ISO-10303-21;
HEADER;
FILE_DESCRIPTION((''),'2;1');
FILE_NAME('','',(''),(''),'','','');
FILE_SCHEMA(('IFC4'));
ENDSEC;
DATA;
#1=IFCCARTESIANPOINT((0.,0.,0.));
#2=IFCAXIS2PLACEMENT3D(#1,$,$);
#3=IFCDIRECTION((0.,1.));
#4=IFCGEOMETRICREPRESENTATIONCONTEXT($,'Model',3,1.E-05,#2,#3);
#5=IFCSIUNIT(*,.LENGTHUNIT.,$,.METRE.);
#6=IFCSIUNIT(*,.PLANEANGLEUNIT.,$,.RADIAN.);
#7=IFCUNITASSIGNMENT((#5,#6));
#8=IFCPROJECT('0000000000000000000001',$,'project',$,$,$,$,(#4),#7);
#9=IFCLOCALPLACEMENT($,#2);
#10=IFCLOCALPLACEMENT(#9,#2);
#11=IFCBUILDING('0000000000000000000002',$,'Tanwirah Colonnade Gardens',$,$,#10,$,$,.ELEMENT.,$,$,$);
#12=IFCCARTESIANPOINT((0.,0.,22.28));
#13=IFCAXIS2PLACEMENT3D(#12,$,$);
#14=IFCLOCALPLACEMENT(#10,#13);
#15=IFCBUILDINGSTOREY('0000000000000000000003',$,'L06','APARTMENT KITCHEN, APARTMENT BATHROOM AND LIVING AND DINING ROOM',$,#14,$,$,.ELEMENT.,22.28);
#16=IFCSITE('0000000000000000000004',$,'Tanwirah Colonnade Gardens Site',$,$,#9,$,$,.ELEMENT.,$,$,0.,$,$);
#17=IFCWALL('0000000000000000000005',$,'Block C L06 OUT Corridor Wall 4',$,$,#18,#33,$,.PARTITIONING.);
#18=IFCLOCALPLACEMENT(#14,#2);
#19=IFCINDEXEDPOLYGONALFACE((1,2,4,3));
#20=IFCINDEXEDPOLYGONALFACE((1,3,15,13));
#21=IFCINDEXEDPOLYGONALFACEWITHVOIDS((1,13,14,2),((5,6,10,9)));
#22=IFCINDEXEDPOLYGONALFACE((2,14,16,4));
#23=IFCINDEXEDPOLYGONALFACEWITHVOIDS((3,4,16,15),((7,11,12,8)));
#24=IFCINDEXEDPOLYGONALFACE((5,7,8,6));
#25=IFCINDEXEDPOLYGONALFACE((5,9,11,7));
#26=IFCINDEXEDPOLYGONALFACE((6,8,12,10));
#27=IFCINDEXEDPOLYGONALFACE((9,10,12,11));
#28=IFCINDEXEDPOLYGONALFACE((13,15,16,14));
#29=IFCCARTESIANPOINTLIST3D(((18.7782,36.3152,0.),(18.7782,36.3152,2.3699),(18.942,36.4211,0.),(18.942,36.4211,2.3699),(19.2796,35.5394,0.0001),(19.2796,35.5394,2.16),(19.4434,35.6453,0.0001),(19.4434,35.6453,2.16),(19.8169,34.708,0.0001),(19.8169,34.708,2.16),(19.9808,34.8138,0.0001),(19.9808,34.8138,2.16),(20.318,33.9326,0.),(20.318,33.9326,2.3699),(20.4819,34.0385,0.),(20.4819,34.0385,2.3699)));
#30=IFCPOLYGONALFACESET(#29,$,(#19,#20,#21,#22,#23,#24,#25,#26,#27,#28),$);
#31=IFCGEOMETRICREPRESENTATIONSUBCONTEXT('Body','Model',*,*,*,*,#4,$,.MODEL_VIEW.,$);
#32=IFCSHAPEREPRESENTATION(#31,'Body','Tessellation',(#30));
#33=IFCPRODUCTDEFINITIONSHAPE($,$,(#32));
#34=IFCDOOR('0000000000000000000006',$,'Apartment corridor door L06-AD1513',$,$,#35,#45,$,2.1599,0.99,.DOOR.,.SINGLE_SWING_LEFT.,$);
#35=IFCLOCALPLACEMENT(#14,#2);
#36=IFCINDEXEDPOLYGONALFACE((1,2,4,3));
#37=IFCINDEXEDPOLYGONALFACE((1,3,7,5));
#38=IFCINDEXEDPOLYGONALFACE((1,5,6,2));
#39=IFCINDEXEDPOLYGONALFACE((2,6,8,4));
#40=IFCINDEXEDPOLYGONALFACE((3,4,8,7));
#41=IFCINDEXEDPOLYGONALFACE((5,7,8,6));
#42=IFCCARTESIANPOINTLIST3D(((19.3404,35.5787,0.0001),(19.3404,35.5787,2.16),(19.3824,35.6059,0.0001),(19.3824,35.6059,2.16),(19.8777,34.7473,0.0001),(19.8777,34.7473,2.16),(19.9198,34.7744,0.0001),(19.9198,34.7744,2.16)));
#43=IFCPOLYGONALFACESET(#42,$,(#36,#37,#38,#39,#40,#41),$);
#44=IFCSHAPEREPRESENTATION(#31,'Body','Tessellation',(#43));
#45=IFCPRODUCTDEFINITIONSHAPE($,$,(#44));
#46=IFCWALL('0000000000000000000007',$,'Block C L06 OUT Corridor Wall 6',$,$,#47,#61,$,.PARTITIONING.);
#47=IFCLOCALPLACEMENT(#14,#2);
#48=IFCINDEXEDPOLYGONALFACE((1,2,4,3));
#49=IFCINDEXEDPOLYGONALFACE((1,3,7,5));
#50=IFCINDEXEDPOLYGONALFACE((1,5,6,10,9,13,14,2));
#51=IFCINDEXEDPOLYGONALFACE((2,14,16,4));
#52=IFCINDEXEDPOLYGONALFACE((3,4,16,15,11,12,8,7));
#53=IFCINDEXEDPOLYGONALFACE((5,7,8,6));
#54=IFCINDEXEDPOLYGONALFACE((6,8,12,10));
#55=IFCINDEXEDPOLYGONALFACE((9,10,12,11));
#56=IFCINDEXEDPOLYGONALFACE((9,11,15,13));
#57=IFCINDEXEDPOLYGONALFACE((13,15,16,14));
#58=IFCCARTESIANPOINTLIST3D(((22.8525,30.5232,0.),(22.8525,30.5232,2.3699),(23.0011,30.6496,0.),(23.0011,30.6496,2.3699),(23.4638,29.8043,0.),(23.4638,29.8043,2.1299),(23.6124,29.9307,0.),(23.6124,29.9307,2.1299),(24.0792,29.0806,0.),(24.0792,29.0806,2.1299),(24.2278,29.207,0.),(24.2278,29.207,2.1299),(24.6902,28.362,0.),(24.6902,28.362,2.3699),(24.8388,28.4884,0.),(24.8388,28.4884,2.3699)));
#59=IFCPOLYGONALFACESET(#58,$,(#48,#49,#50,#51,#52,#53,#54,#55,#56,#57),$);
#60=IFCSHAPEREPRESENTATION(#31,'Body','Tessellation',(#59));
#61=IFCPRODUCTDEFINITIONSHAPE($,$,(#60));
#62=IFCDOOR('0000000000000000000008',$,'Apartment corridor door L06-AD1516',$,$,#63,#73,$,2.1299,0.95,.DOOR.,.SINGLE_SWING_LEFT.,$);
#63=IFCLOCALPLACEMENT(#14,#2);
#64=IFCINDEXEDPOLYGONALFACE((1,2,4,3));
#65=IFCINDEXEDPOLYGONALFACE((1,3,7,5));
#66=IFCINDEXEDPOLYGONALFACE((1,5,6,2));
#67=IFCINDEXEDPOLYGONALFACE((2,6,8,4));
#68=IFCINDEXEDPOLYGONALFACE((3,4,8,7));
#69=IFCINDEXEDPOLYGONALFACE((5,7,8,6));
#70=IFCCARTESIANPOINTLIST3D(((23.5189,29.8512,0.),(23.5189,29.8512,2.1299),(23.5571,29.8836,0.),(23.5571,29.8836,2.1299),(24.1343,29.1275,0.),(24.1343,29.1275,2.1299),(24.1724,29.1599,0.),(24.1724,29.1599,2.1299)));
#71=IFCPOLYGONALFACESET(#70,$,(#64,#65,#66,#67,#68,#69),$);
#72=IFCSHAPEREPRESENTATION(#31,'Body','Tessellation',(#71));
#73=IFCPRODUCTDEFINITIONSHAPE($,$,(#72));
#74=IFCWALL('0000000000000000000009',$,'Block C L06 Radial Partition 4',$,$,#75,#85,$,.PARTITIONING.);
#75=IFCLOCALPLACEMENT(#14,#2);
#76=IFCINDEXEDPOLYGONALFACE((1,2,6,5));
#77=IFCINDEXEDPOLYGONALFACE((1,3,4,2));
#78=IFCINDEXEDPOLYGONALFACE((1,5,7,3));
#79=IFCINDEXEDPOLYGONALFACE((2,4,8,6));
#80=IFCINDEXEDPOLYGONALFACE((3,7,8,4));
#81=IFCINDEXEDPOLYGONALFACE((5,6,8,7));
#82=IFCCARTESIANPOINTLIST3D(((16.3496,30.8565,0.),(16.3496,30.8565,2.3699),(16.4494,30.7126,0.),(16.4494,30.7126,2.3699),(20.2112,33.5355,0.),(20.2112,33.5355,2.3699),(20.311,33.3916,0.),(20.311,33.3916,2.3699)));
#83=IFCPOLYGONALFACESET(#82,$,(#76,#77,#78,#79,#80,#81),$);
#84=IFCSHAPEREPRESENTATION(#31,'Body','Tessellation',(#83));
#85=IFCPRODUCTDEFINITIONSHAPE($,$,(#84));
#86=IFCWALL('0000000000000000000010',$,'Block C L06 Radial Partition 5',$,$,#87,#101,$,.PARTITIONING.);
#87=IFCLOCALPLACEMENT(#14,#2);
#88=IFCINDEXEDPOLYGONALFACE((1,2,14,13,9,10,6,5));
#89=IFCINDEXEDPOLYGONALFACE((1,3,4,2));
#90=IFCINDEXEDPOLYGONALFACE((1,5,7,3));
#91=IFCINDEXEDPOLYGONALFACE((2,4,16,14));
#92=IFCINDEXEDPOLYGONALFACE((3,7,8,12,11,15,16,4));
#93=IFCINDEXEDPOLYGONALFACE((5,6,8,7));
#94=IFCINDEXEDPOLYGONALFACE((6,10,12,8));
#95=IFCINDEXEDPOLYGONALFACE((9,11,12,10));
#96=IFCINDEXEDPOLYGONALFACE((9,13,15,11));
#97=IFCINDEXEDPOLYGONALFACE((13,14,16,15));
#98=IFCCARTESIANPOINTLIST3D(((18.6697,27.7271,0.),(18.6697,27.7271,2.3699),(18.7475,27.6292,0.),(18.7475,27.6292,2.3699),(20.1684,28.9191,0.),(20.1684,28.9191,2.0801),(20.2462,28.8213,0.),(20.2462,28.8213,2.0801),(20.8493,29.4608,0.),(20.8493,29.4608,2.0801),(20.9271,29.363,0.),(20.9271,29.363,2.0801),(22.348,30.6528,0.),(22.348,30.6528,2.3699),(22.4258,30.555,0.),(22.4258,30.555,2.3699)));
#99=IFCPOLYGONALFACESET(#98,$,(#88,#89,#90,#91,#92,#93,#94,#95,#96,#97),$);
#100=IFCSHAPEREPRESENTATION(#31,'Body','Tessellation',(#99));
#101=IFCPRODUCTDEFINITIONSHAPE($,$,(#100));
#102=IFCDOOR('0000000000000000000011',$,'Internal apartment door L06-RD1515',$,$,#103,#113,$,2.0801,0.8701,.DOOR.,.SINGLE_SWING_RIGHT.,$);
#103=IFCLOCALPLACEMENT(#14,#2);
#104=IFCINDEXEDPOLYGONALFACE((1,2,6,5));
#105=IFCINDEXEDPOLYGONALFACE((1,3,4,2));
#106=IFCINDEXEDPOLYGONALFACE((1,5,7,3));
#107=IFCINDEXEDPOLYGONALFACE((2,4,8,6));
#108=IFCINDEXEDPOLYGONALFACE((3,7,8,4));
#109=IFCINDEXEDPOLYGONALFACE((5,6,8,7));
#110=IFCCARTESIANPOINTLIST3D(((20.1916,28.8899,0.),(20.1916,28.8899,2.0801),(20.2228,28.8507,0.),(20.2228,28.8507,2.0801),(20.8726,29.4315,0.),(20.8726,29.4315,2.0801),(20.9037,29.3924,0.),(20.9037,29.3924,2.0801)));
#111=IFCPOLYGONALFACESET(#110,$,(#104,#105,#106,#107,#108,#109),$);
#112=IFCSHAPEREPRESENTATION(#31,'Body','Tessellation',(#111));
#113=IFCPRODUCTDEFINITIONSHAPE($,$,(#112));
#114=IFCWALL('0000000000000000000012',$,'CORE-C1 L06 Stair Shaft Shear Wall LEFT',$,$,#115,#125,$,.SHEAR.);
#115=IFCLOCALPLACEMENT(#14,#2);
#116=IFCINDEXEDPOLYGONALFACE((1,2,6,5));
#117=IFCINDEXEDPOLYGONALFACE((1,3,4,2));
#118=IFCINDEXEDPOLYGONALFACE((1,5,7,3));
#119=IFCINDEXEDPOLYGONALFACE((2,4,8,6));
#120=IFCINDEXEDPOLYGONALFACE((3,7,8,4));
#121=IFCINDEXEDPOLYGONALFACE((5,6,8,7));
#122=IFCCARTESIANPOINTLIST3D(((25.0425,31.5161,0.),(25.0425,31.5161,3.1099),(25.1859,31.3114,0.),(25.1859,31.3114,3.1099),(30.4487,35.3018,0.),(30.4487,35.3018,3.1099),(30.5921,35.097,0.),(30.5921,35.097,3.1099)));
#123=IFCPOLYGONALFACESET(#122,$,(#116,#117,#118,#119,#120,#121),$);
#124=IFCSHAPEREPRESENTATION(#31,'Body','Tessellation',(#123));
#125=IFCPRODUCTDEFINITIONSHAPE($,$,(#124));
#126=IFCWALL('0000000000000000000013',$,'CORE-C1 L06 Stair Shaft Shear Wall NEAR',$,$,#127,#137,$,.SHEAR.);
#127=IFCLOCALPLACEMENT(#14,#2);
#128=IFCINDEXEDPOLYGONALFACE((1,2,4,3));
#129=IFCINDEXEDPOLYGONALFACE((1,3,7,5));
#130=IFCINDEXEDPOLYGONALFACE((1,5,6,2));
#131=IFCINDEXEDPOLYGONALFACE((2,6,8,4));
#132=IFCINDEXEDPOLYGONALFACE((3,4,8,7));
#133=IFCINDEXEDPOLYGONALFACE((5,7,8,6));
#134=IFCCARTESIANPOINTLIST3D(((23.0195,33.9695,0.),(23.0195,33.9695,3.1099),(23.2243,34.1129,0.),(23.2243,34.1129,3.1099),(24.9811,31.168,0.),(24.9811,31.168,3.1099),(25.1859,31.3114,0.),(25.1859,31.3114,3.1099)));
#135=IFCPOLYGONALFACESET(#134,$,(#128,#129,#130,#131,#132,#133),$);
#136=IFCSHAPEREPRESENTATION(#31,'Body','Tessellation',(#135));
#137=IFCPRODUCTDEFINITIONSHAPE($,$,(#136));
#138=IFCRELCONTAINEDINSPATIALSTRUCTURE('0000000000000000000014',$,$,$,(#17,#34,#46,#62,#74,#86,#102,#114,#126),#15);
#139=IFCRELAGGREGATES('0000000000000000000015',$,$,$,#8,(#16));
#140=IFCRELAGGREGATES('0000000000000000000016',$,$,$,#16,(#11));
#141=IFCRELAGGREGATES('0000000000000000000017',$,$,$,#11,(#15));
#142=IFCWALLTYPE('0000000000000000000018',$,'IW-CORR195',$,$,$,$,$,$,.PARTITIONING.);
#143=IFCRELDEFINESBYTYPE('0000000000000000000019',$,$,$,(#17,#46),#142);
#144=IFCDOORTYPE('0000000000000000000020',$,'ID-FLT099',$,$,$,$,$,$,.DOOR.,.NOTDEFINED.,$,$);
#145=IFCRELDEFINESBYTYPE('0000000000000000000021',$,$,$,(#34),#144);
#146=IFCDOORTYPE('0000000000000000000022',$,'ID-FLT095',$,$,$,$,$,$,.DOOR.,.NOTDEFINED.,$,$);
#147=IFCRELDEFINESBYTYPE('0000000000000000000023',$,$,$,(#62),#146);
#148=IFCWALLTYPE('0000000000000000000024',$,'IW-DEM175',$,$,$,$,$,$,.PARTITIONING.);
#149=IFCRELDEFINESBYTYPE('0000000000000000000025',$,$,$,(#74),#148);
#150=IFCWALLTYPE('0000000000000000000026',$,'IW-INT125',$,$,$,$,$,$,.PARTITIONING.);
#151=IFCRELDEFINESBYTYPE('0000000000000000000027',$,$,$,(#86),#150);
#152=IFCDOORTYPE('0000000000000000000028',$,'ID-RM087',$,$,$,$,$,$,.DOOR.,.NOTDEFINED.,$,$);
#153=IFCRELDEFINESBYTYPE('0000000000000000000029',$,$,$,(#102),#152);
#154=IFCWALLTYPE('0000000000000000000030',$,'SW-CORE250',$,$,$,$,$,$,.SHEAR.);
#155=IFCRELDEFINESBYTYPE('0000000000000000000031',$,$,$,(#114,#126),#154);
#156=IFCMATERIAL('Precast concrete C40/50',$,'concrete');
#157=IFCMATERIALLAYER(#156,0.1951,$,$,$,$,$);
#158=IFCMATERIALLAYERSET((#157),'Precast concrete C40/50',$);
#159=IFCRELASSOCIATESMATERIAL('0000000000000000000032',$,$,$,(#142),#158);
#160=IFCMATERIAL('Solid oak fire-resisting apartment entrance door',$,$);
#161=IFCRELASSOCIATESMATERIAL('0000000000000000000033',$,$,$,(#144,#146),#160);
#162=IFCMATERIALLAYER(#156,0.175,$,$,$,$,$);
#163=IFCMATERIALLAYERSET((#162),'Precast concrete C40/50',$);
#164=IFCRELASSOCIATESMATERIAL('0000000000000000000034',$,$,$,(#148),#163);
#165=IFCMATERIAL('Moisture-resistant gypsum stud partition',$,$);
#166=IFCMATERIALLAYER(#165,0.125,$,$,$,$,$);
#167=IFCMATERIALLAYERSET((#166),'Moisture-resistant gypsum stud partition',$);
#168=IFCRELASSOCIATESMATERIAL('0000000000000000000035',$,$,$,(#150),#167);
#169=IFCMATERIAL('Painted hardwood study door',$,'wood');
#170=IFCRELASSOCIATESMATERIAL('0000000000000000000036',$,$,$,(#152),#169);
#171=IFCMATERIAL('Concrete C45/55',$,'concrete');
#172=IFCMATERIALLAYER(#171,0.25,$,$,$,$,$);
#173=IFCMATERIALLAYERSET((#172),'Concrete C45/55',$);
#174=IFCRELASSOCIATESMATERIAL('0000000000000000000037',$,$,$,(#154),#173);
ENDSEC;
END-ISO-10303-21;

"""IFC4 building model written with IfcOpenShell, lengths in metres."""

from ifc_helpers import new_model, si_unit, direction, frame, frame_2d, origin, place, context, subcontext, project, spatial, rectangle, extrude, material, layer, layer_set, type_object, element, fill, save


model = new_model("IFC4")

# Units and contexts
model_context = context("Model", 3, precision=1e-05, world=origin(), true_north=direction((0.0, 1.0)))
body_context = subcontext(model_context, "Body", "Model", "MODEL_VIEW")
ifc_project = project(units=[si_unit("LENGTHUNIT", "METRE"), si_unit("PLANEANGLEUNIT", "RADIAN")], contexts=[model_context])

# Site, building, storey
site_placement = place(None, origin())
site = spatial("IfcSite", under=ifc_project, at=site_placement, Name="Tanwirah Colonnade Gardens Site", CompositionType="ELEMENT", RefElevation=0.0)
building_placement = place(site_placement, origin())
building = spatial("IfcBuilding", under=site, at=building_placement, Name="Tanwirah Colonnade Gardens", CompositionType="ELEMENT")
storey_placement = place(building_placement, frame((0.0, 0.0, 22.28)))
storey = spatial("IfcBuildingStorey", under=building, at=storey_placement, Name="L06", Description="APARTMENT KITCHEN, APARTMENT BATHROOM AND LIVING AND DINING ROOM", CompositionType="ELEMENT", Elevation=22.28)

# Shared definitions
ifc_material_1 = material(Name="Precast concrete C40/50", Category="concrete")

# Walls, openings, doors
ifc_layer_1 = layer(ifc_material_1, 0.1951)
ifc_layer_set_1 = layer_set([ifc_layer_1], Name="Precast concrete C40/50")
wall_type_1 = type_object("IfcWallType", Name="IW-CORR195", PredefinedType="PARTITIONING", material=ifc_layer_set_1)
wall_1_placement = place(storey_placement, frame((18.8601, 36.3682, 0.0), z_axis=(0.0, 0.0, 1.0), x_axis=(0.542787, -0.83987, 0.0)))
wall_1 = element("IfcWall", 1, at=wall_1_placement, inside=storey, type_object=wall_type_1, Name="Block C L06 OUT Corridor Wall 4", PredefinedType="PARTITIONING", context=body_context, shape_type="SweptSolid", body=[
    extrude(rectangle(XDim=2.8369, YDim=0.1951, at=frame_2d((1.4185, 0.0))), origin(), (0.0, 0.0, 1.0), 2.3699),
])
opening_1_placement = place(wall_1_placement, frame((0.9236, 0.0, 0.0)))
opening_1 = element("IfcOpeningElement", 2, at=opening_1_placement, cuts=wall_1, PredefinedType="OPENING", context=body_context, shape_type="SweptSolid", body=[
    extrude(rectangle(XDim=0.99, YDim=2.1599, at=frame_2d((0.4951, 1.0801))), frame((0.0, 0.1074, 0.0), z_axis=(0.0, -1.0, 0.0), x_axis=(1.0, 0.0, 0.0)), (0.0, 0.0, 1.0), 0.2151),
])
ifc_material_2 = material(Name="Solid oak fire-resisting apartment entrance door")
door_type_1 = type_object("IfcDoorType", Name="ID-FLT099", OperationType="NOTDEFINED", PredefinedType="DOOR", material=ifc_material_2)
door_1_placement = place(opening_1_placement, origin())
door_1 = element("IfcDoor", 3, at=door_1_placement, inside=storey, type_object=door_type_1, Name="Apartment corridor door L06-AD1513", OperationType="SINGLE_SWING_LEFT", OverallHeight=2.1599, OverallWidth=0.99, PredefinedType="DOOR", context=body_context, shape_type="SweptSolid", body=[
    extrude(rectangle(XDim=0.99, YDim=2.1599, at=frame_2d((0.4951, 1.0801))), frame((0.0, 0.0249, 0.0), z_axis=(0.0, -1.0, 0.0), x_axis=(1.0, 0.0, 0.0)), (0.0, 0.0, 1.0), 0.05),
])
fill(opening_1, door_1)
wall_2_placement = place(storey_placement, frame((22.9268, 30.5864, 0.0), z_axis=(0.0, 0.0, 1.0), x_axis=(0.647788, -0.76182, 0.0)))
wall_2 = element("IfcWall", 4, at=wall_2_placement, inside=storey, type_object=wall_type_1, Name="Block C L06 OUT Corridor Wall 6", PredefinedType="PARTITIONING", context=body_context, shape_type="SweptSolid", body=[
    extrude(rectangle(XDim=2.8369, YDim=0.1951, at=frame_2d((1.4185, 0.0))), origin(), (0.0, 0.0, 1.0), 2.3699),
])
opening_2_placement = place(wall_2_placement, frame((0.9436, 0.0, 0.0)))
opening_2 = element("IfcOpeningElement", 5, at=opening_2_placement, cuts=wall_2, PredefinedType="OPENING", context=body_context, shape_type="SweptSolid", body=[
    extrude(rectangle(XDim=0.95, YDim=2.1299, at=frame_2d((0.4751, 1.0649))), frame((0.0, 0.1074, 0.0), z_axis=(0.0, -1.0, 0.0), x_axis=(1.0, 0.0, 0.0)), (0.0, 0.0, 1.0), 0.2151),
])
door_type_2 = type_object("IfcDoorType", Name="ID-FLT095", OperationType="NOTDEFINED", PredefinedType="DOOR", material=ifc_material_2)
door_2_placement = place(opening_2_placement, origin())
door_2 = element("IfcDoor", 6, at=door_2_placement, inside=storey, type_object=door_type_2, Name="Apartment corridor door L06-AD1516", OperationType="SINGLE_SWING_LEFT", OverallHeight=2.1299, OverallWidth=0.95, PredefinedType="DOOR", context=body_context, shape_type="SweptSolid", body=[
    extrude(rectangle(XDim=0.95, YDim=2.1299, at=frame_2d((0.4751, 1.0649))), frame((0.0, 0.0249, 0.0), z_axis=(0.0, -1.0, 0.0), x_axis=(1.0, 0.0, 0.0)), (0.0, 0.0, 1.0), 0.05),
])
fill(opening_2, door_2)

# Wall
ifc_layer_2 = layer(ifc_material_1, 0.175)
ifc_layer_set_2 = layer_set([ifc_layer_2], Name="Precast concrete C40/50")
wall_type_2 = type_object("IfcWallType", Name="IW-DEM175", PredefinedType="PARTITIONING", material=ifc_layer_set_2)
wall_3_placement = place(storey_placement, frame((20.2612, 33.4636, 0.0), z_axis=(0.0, 0.0, 1.0), x_axis=(-0.821638, -0.570009, 0.0)))
element("IfcWall", 7, at=wall_3_placement, inside=storey, type_object=wall_type_2, Name="Block C L06 Radial Partition 4", PredefinedType="PARTITIONING", context=body_context, shape_type="SweptSolid", body=[
    extrude(rectangle(XDim=4.7, YDim=0.175, at=frame_2d((2.3501, 0.0))), origin(), (0.0, 0.0, 1.0), 2.3699),
])

# Wall, opening, door
ifc_material_3 = material(Name="Moisture-resistant gypsum stud partition")
ifc_layer_3 = layer(ifc_material_3, 0.125)
ifc_layer_set_3 = layer_set([ifc_layer_3], Name="Moisture-resistant gypsum stud partition")
wall_type_3 = type_object("IfcWallType", Name="IW-INT125", PredefinedType="PARTITIONING", material=ifc_layer_set_3)
wall_4_placement = place(storey_placement, frame((22.387, 30.604, 0.0), z_axis=(0.0, 0.0, 1.0), x_axis=(-0.782609, -0.622513, 0.0)))
wall_4 = element("IfcWall", 8, at=wall_4_placement, inside=storey, type_object=wall_type_3, Name="Block C L06 Radial Partition 5", PredefinedType="PARTITIONING", context=body_context, shape_type="SweptSolid", body=[
    extrude(rectangle(XDim=4.7, YDim=0.125, at=frame_2d((2.3501, 0.0))), origin(), (0.0, 0.0, 1.0), 2.3699),
])
opening_3_placement = place(wall_4_placement, frame((1.915, 0.0, 0.0)))
opening_3 = element("IfcOpeningElement", 9, at=opening_3_placement, cuts=wall_4, PredefinedType="OPENING", context=body_context, shape_type="SweptSolid", body=[
    extrude(rectangle(XDim=0.8701, YDim=2.0801, at=frame_2d((0.4351, 1.04))), frame((0.0, 0.0725, 0.0), z_axis=(0.0, -1.0, 0.0), x_axis=(1.0, 0.0, 0.0)), (0.0, 0.0, 1.0), 0.145),
])
ifc_material_4 = material(Name="Painted hardwood study door", Category="wood")
door_type_3 = type_object("IfcDoorType", Name="ID-RM087", OperationType="NOTDEFINED", PredefinedType="DOOR", material=ifc_material_4)
door_3_placement = place(opening_3_placement, origin())
door_3 = element("IfcDoor", 10, at=door_3_placement, inside=storey, type_object=door_type_3, Name="Internal apartment door L06-RD1515", OperationType="SINGLE_SWING_RIGHT", OverallHeight=2.0801, OverallWidth=0.8701, PredefinedType="DOOR", context=body_context, shape_type="SweptSolid", body=[
    extrude(rectangle(XDim=0.8701, YDim=2.0801, at=frame_2d((0.4351, 1.04))), frame((0.0, 0.0249, 0.0), z_axis=(0.0, -1.0, 0.0), x_axis=(1.0, 0.0, 0.0)), (0.0, 0.0, 1.0), 0.05),
])
fill(opening_3, door_3)

# Walls
ifc_material_5 = material(Name="Concrete C45/55", Category="concrete")
ifc_layer_4 = layer(ifc_material_5, 0.25)
ifc_layer_set_4 = layer_set([ifc_layer_4], Name="Concrete C45/55")
wall_type_4 = type_object("IfcWallType", Name="SW-CORE250", PredefinedType="SHEAR", material=ifc_layer_set_4)
wall_5_placement = place(storey_placement, frame((25.1143, 31.4138, 0.0), z_axis=(0.0, 0.0, 1.0), x_axis=(0.819142, 0.573591, 0.0)))
element("IfcWall", 11, at=wall_5_placement, inside=storey, type_object=wall_type_4, Name="CORE-C1 L06 Stair Shaft Shear Wall LEFT", PredefinedType="SHEAR", context=body_context, shape_type="SweptSolid", body=[
    extrude(rectangle(XDim=6.5999, YDim=0.25, at=frame_2d((3.2998, 0.0))), origin(), (0.0, 0.0, 1.0), 3.1099),
])
wall_6_placement = place(storey_placement, frame((25.0835, 31.2397, 0.0), z_axis=(0.0, 0.0, 1.0), x_axis=(-0.573582, 0.819148, 0.0)))
element("IfcWall", 12, at=wall_6_placement, inside=storey, type_object=wall_type_4, Name="CORE-C1 L06 Stair Shaft Shear Wall NEAR", PredefinedType="SHEAR", context=body_context, shape_type="SweptSolid", body=[
    extrude(rectangle(XDim=3.4199, YDim=0.25, at=frame_2d((1.71, 0.0))), origin(), (0.0, 0.0, 1.0), 3.1099),
])

save(model, "model.ifc")
